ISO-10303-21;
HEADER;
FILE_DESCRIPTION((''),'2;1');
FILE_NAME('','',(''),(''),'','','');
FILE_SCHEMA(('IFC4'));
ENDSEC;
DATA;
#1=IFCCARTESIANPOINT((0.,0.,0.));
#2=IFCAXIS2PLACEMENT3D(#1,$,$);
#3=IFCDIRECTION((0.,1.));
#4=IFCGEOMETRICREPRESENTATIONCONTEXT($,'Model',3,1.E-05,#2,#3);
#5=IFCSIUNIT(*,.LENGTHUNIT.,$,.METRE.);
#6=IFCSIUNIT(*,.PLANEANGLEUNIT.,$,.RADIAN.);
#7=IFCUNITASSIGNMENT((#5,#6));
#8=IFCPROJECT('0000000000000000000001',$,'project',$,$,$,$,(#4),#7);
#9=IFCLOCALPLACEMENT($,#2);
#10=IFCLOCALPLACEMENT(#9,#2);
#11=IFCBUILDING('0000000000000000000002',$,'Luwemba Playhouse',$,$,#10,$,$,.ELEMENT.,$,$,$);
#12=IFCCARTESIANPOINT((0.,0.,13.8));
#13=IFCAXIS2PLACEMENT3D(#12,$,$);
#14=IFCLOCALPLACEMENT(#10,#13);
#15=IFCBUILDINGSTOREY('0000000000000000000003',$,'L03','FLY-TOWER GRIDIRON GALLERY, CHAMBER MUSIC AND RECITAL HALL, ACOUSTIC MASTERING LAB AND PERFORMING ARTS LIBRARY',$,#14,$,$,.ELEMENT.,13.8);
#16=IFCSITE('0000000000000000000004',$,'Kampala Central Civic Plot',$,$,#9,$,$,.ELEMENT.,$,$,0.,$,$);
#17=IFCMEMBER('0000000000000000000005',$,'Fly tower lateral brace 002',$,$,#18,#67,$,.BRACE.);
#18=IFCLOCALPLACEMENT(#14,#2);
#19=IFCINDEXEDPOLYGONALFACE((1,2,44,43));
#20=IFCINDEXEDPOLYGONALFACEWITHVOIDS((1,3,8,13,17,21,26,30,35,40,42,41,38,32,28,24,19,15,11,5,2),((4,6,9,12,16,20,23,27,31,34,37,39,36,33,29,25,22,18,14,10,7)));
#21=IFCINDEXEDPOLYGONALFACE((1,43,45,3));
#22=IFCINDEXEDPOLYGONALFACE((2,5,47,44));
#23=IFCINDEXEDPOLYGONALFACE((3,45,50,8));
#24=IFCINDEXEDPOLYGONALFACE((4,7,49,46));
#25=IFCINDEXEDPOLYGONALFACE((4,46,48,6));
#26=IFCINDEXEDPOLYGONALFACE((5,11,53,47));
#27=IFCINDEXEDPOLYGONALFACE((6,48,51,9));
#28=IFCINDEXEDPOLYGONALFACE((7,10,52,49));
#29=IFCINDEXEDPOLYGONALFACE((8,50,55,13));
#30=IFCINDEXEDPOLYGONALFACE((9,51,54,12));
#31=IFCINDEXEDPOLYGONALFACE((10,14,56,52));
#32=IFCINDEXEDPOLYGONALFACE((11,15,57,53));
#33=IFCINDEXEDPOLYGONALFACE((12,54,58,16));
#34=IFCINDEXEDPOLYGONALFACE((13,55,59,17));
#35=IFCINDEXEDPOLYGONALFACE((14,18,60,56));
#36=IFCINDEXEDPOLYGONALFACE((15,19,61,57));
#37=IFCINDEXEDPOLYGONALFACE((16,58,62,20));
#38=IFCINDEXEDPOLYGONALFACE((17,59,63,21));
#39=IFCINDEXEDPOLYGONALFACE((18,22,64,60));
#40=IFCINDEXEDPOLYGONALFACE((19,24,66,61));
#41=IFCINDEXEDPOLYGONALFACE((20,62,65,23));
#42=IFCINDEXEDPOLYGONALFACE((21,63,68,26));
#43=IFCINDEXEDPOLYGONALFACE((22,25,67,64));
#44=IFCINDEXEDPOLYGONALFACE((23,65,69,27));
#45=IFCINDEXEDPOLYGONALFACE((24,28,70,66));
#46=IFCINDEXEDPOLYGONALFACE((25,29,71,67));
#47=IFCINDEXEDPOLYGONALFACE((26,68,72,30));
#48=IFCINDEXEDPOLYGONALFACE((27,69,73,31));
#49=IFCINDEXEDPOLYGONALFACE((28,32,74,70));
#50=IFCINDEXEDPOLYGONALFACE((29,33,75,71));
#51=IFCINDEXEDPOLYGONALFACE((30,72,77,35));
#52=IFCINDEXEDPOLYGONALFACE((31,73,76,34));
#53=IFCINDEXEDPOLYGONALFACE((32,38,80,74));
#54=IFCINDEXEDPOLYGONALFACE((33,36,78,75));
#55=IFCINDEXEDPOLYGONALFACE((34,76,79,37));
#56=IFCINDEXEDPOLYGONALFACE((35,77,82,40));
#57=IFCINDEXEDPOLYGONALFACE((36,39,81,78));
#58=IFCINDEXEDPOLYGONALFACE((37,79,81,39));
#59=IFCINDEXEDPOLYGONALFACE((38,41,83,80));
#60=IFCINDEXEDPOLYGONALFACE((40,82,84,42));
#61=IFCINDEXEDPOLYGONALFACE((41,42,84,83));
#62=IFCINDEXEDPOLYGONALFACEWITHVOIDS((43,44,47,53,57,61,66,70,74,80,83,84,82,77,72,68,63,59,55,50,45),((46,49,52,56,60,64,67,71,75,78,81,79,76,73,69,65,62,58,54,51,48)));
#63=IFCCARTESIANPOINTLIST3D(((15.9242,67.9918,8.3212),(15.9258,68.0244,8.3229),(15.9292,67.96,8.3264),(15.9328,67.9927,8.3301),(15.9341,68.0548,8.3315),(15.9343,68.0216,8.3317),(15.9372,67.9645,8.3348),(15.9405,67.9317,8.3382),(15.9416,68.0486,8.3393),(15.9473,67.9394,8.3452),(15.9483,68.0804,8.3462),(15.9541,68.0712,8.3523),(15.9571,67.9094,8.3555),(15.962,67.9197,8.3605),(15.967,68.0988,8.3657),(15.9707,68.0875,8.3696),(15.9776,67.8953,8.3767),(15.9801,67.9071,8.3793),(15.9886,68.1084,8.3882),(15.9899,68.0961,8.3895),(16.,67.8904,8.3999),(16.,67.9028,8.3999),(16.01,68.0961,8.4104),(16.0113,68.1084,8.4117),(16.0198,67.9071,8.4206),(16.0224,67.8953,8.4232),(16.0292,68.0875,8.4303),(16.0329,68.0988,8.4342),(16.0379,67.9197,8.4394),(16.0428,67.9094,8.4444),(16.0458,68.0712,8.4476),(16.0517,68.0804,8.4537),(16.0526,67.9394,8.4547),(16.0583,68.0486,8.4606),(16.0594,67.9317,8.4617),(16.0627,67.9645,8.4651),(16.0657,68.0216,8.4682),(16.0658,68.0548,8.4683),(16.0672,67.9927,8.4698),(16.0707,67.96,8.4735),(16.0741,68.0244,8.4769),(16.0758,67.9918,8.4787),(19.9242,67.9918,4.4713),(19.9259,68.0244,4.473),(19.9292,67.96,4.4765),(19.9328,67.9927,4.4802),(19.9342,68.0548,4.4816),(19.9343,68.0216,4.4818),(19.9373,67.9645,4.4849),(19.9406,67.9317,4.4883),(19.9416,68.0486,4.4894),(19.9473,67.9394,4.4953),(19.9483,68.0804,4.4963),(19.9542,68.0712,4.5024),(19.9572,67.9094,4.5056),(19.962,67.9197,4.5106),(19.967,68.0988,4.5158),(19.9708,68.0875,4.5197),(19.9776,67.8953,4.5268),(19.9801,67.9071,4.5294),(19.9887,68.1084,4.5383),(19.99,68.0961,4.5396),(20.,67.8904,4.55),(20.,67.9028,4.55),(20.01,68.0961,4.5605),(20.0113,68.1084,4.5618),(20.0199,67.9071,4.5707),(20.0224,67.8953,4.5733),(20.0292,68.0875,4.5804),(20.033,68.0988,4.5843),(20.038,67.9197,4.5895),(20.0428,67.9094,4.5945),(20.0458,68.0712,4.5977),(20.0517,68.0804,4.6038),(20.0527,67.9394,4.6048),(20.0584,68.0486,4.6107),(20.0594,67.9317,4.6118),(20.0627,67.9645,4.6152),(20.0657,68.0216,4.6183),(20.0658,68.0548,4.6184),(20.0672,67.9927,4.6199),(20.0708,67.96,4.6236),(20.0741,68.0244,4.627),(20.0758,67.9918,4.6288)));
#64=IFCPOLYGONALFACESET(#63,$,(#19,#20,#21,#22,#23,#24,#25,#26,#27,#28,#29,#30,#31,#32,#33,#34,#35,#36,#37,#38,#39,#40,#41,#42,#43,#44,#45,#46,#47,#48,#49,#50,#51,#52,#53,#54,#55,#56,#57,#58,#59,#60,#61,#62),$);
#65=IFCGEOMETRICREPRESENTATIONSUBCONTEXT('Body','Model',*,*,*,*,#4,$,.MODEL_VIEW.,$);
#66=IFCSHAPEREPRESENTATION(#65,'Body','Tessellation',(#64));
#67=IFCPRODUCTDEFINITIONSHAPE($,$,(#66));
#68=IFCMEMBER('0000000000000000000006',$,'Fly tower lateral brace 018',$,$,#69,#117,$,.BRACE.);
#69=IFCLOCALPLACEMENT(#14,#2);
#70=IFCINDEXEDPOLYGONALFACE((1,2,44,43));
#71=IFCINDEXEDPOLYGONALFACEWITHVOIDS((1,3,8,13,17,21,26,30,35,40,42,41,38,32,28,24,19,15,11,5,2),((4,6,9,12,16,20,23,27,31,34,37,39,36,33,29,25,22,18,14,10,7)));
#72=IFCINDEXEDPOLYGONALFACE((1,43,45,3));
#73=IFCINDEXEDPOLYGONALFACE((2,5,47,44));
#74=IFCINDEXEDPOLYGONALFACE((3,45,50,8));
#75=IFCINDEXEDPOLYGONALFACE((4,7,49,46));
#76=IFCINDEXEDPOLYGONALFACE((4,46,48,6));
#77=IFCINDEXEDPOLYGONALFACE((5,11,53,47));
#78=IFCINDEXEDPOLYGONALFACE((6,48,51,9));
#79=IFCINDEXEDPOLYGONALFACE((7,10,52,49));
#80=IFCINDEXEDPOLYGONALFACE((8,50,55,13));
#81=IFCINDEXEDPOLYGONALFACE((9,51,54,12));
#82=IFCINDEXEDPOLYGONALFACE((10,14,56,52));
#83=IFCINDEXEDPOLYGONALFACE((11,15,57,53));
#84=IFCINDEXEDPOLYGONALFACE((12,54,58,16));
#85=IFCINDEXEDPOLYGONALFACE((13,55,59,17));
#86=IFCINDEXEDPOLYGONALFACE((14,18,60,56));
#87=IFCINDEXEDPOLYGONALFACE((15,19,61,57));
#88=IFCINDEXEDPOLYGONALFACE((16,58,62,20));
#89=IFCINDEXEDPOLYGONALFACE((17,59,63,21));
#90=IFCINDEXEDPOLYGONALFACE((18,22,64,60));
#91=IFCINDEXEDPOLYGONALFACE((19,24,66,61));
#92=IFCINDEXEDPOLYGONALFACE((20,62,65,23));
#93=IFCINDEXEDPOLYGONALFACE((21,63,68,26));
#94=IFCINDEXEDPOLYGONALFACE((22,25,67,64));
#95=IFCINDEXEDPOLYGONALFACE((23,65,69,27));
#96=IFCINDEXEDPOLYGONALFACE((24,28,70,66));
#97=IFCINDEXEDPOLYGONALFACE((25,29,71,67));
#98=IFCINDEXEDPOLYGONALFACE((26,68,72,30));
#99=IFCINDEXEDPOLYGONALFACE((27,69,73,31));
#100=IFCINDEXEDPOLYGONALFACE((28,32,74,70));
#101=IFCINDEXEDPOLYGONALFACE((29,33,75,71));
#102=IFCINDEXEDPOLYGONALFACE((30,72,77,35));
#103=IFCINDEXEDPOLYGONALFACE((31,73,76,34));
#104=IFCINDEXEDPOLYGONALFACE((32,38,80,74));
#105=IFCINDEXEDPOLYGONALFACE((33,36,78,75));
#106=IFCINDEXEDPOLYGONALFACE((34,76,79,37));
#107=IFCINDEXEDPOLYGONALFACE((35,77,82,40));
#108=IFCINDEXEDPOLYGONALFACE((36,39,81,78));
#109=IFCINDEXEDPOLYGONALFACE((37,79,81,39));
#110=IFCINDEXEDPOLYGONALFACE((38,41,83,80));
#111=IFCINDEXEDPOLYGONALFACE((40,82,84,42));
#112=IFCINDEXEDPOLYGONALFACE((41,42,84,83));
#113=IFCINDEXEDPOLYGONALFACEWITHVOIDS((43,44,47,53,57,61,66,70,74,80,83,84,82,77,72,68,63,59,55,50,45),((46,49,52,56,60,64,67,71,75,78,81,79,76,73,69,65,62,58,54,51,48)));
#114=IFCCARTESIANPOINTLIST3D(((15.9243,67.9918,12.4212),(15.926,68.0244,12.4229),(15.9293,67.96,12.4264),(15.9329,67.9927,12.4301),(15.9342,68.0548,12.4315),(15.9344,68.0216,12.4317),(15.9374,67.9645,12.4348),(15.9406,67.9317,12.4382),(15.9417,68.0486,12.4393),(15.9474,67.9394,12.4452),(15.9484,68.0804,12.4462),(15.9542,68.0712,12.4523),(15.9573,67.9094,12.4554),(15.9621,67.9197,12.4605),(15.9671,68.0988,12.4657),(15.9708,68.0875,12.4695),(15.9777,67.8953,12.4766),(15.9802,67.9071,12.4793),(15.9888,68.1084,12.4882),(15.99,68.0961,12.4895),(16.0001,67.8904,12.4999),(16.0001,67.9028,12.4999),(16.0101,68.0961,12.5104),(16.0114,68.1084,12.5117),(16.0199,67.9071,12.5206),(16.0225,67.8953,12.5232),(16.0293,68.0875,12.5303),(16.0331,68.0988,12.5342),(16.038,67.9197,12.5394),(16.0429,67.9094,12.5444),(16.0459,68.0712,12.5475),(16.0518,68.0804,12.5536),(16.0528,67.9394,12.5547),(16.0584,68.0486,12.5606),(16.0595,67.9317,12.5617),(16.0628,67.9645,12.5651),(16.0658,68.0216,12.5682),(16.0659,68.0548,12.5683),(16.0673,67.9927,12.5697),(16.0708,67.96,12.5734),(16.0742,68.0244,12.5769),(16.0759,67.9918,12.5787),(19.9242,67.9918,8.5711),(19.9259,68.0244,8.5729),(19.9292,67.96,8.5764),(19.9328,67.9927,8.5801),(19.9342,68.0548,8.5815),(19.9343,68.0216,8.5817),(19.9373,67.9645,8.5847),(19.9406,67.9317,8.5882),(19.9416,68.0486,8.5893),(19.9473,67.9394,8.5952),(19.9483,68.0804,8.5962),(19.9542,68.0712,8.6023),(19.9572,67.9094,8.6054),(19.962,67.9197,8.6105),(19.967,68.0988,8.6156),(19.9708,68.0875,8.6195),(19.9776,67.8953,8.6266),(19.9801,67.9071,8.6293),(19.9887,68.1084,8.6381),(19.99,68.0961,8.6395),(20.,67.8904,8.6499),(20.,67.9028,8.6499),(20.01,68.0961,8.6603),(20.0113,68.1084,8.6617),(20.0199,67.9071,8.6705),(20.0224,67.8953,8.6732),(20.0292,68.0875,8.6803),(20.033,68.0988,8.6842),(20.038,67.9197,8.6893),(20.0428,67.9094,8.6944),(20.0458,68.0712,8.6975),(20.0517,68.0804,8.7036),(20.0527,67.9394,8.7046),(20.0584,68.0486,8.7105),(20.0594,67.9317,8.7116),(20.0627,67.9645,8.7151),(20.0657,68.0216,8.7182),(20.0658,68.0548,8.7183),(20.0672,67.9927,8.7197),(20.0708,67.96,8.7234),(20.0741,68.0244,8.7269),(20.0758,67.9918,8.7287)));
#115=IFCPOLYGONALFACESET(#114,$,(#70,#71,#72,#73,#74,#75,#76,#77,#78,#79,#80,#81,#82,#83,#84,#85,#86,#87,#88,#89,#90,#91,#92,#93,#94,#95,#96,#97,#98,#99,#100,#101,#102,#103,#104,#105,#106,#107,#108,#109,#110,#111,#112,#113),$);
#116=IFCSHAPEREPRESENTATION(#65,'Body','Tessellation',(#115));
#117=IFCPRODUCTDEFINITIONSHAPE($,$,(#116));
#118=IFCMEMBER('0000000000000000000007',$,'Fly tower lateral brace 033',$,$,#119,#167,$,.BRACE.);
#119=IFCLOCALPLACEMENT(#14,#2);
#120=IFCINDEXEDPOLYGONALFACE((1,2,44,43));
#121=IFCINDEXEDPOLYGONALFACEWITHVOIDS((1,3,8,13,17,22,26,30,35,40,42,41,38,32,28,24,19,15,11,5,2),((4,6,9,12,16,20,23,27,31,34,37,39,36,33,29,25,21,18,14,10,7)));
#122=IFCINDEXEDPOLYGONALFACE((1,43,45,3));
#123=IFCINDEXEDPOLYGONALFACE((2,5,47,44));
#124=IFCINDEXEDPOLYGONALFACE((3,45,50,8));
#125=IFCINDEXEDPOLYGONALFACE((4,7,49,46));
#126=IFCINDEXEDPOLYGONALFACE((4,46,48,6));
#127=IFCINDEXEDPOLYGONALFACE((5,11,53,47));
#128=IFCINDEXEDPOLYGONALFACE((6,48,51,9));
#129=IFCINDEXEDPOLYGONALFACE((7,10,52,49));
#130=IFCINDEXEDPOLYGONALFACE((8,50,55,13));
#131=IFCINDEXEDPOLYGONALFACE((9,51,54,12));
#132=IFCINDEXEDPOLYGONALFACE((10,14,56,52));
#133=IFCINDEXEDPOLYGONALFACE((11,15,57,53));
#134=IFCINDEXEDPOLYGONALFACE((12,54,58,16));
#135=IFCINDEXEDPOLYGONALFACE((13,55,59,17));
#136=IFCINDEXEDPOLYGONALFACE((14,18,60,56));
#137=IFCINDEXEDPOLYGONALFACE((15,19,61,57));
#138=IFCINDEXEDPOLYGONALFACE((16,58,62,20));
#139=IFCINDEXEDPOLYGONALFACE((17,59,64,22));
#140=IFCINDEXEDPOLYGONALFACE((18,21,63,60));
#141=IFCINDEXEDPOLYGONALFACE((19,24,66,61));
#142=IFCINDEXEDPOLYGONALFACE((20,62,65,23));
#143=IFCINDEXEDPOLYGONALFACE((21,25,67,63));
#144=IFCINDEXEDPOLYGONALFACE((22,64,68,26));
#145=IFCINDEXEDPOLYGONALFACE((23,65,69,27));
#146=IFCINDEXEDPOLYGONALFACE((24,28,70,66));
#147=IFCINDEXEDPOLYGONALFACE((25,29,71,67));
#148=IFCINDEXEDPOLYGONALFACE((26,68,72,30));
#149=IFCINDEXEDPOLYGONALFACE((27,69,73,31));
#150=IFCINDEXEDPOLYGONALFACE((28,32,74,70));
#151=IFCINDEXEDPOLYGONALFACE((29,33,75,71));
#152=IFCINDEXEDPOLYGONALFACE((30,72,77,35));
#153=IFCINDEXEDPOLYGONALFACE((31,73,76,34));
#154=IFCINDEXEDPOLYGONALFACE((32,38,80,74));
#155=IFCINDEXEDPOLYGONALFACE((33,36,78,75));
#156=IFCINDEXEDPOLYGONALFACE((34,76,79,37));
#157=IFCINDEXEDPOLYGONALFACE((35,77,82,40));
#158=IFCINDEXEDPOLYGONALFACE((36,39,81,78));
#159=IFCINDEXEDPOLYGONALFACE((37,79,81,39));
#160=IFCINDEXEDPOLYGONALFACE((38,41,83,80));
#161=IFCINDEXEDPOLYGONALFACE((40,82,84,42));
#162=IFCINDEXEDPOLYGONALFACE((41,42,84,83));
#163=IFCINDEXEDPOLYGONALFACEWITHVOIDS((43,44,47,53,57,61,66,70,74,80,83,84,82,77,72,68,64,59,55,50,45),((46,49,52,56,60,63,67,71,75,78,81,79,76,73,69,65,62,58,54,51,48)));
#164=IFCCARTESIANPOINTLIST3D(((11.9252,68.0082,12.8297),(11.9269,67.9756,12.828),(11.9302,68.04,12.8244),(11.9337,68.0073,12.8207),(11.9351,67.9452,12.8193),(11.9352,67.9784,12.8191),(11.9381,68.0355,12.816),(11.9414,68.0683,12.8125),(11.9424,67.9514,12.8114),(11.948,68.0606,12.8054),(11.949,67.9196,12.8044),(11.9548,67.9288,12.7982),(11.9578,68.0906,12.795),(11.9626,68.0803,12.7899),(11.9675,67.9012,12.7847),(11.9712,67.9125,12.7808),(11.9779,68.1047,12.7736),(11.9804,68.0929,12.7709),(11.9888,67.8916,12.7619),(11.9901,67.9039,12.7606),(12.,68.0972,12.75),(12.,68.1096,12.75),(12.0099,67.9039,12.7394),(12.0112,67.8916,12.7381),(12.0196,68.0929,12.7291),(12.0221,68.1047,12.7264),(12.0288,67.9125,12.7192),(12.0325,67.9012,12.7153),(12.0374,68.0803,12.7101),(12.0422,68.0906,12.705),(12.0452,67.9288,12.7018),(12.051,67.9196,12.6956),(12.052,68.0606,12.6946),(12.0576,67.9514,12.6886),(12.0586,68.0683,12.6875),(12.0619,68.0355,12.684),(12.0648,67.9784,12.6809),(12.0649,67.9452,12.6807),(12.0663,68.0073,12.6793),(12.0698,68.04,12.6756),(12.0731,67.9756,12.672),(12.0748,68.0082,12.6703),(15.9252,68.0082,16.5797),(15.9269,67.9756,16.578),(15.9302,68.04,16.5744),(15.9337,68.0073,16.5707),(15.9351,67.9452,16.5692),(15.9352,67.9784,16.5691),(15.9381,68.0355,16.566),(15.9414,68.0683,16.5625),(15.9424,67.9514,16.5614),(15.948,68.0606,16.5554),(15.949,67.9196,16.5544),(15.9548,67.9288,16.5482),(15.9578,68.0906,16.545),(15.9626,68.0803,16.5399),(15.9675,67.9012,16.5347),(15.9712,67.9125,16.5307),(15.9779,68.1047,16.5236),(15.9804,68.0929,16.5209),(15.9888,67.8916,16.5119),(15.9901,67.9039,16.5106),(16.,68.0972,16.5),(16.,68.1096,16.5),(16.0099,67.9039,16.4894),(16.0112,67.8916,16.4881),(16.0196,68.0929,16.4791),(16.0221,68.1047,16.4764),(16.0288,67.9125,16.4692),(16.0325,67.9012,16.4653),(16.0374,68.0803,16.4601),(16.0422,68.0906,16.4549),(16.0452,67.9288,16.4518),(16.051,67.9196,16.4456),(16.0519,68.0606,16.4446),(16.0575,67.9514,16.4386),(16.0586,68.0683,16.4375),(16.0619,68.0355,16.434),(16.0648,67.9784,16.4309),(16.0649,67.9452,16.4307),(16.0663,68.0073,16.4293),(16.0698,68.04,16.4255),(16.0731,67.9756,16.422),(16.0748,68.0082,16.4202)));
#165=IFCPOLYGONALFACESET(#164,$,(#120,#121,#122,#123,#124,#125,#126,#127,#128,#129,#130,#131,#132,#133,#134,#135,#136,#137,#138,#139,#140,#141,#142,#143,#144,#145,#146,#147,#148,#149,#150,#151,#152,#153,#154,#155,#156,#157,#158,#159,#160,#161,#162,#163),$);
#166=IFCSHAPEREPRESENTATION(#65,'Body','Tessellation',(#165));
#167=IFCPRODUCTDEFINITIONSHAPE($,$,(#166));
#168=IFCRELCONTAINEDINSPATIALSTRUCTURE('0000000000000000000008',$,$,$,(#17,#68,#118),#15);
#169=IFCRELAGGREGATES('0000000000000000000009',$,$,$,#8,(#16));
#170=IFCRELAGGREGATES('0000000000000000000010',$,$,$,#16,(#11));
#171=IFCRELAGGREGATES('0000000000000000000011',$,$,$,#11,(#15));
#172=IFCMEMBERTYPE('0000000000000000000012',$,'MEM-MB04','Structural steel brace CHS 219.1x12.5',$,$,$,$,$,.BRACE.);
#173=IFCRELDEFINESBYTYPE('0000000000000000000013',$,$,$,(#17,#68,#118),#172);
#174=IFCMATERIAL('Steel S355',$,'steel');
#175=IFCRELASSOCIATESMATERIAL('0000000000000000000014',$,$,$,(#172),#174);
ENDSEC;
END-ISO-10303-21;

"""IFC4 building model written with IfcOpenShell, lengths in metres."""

from ifc_helpers import new_model, si_unit, direction, frame, origin, origin_2d, place, context, subcontext, project, spatial, hollow_circle, extrude, material, material_profile, profile_set, type_object, element, save


model = new_model("IFC4")

# Units and contexts
model_context = context("Model", 3, precision=1e-05, world=origin(), true_north=direction((0.0, 1.0)))
body_context = subcontext(model_context, "Body", "Model", "MODEL_VIEW")
ifc_project = project(units=[si_unit("LENGTHUNIT", "METRE"), si_unit("PLANEANGLEUNIT", "RADIAN")], contexts=[model_context])

# Site, building, storey
site_placement = place(None, origin())
site = spatial("IfcSite", under=ifc_project, at=site_placement, Name="Kampala Central Civic Plot", CompositionType="ELEMENT", RefElevation=0.0)
building_placement = place(site_placement, origin())
building = spatial("IfcBuilding", under=site, at=building_placement, Name="Luwemba Playhouse", CompositionType="ELEMENT")
storey_placement = place(building_placement, frame((0.0, 0.0, 13.8)))
storey = spatial("IfcBuildingStorey", under=building, at=storey_placement, Name="L03", Description="FLY-TOWER GRIDIRON GALLERY, CHAMBER MUSIC AND RECITAL HALL, ACOUSTIC MASTERING LAB AND PERFORMING ARTS LIBRARY", CompositionType="ELEMENT", Elevation=13.8)

# Shared definitions
ifc_material_1 = material(Name="Steel S355", Category="steel")

# Members
ifc_material_profile_1 = material_profile(ifc_material_1, hollow_circle(Radius=0.1096, WallThickness=0.0125, at=origin_2d()))
ifc_profile_set_1 = profile_set([ifc_material_profile_1], Name="Steel S355")
member_type_1 = type_object("IfcMemberType", Name="MEM-MB04", Description="Structural steel brace CHS 219.1x12.5", PredefinedType="BRACE", material=ifc_profile_set_1)
for number, where, z_axis, x_axis, name in (
    (1, (20.0, 68.0, 4.55), (-0.7205, 0.0, 0.693455), (0.0, -1.0, 0.0), "Fly tower lateral brace 002"),
    (2, (20.0, 68.0, 8.6499), (-0.720478, 0.0, 0.693478), (0.0, -1.0, 0.0), "Fly tower lateral brace 018"),
):
    element("IfcMember", number, at=place(storey_placement, frame(where, z_axis=z_axis, x_axis=x_axis)), inside=storey, type_object=member_type_1, Name=name, PredefinedType="BRACE", context=body_context, shape_type="SweptSolid", body=[
        extrude(hollow_circle(Radius=0.1096, WallThickness=0.0125, at=origin_2d()), origin(), (0.0, 0.0, 1.0), 5.5518),
    ])
for number, where, z_axis, x_axis, name in (
    (3, (12.0, 68.0, 12.75), (0.729537, 0.0, 0.683941), (0.0, 1.0, 0.0), "Fly tower lateral brace 033"),
):
    element("IfcMember", number, at=place(storey_placement, frame(where, z_axis=z_axis, x_axis=x_axis)), inside=storey, type_object=member_type_1, Name=name, PredefinedType="BRACE", context=body_context, shape_type="SweptSolid", body=[
        extrude(hollow_circle(Radius=0.1096, WallThickness=0.0125, at=origin_2d()), origin(), (0.0, 0.0, 1.0), 5.4829),
    ])

save(model, "model.ifc")
